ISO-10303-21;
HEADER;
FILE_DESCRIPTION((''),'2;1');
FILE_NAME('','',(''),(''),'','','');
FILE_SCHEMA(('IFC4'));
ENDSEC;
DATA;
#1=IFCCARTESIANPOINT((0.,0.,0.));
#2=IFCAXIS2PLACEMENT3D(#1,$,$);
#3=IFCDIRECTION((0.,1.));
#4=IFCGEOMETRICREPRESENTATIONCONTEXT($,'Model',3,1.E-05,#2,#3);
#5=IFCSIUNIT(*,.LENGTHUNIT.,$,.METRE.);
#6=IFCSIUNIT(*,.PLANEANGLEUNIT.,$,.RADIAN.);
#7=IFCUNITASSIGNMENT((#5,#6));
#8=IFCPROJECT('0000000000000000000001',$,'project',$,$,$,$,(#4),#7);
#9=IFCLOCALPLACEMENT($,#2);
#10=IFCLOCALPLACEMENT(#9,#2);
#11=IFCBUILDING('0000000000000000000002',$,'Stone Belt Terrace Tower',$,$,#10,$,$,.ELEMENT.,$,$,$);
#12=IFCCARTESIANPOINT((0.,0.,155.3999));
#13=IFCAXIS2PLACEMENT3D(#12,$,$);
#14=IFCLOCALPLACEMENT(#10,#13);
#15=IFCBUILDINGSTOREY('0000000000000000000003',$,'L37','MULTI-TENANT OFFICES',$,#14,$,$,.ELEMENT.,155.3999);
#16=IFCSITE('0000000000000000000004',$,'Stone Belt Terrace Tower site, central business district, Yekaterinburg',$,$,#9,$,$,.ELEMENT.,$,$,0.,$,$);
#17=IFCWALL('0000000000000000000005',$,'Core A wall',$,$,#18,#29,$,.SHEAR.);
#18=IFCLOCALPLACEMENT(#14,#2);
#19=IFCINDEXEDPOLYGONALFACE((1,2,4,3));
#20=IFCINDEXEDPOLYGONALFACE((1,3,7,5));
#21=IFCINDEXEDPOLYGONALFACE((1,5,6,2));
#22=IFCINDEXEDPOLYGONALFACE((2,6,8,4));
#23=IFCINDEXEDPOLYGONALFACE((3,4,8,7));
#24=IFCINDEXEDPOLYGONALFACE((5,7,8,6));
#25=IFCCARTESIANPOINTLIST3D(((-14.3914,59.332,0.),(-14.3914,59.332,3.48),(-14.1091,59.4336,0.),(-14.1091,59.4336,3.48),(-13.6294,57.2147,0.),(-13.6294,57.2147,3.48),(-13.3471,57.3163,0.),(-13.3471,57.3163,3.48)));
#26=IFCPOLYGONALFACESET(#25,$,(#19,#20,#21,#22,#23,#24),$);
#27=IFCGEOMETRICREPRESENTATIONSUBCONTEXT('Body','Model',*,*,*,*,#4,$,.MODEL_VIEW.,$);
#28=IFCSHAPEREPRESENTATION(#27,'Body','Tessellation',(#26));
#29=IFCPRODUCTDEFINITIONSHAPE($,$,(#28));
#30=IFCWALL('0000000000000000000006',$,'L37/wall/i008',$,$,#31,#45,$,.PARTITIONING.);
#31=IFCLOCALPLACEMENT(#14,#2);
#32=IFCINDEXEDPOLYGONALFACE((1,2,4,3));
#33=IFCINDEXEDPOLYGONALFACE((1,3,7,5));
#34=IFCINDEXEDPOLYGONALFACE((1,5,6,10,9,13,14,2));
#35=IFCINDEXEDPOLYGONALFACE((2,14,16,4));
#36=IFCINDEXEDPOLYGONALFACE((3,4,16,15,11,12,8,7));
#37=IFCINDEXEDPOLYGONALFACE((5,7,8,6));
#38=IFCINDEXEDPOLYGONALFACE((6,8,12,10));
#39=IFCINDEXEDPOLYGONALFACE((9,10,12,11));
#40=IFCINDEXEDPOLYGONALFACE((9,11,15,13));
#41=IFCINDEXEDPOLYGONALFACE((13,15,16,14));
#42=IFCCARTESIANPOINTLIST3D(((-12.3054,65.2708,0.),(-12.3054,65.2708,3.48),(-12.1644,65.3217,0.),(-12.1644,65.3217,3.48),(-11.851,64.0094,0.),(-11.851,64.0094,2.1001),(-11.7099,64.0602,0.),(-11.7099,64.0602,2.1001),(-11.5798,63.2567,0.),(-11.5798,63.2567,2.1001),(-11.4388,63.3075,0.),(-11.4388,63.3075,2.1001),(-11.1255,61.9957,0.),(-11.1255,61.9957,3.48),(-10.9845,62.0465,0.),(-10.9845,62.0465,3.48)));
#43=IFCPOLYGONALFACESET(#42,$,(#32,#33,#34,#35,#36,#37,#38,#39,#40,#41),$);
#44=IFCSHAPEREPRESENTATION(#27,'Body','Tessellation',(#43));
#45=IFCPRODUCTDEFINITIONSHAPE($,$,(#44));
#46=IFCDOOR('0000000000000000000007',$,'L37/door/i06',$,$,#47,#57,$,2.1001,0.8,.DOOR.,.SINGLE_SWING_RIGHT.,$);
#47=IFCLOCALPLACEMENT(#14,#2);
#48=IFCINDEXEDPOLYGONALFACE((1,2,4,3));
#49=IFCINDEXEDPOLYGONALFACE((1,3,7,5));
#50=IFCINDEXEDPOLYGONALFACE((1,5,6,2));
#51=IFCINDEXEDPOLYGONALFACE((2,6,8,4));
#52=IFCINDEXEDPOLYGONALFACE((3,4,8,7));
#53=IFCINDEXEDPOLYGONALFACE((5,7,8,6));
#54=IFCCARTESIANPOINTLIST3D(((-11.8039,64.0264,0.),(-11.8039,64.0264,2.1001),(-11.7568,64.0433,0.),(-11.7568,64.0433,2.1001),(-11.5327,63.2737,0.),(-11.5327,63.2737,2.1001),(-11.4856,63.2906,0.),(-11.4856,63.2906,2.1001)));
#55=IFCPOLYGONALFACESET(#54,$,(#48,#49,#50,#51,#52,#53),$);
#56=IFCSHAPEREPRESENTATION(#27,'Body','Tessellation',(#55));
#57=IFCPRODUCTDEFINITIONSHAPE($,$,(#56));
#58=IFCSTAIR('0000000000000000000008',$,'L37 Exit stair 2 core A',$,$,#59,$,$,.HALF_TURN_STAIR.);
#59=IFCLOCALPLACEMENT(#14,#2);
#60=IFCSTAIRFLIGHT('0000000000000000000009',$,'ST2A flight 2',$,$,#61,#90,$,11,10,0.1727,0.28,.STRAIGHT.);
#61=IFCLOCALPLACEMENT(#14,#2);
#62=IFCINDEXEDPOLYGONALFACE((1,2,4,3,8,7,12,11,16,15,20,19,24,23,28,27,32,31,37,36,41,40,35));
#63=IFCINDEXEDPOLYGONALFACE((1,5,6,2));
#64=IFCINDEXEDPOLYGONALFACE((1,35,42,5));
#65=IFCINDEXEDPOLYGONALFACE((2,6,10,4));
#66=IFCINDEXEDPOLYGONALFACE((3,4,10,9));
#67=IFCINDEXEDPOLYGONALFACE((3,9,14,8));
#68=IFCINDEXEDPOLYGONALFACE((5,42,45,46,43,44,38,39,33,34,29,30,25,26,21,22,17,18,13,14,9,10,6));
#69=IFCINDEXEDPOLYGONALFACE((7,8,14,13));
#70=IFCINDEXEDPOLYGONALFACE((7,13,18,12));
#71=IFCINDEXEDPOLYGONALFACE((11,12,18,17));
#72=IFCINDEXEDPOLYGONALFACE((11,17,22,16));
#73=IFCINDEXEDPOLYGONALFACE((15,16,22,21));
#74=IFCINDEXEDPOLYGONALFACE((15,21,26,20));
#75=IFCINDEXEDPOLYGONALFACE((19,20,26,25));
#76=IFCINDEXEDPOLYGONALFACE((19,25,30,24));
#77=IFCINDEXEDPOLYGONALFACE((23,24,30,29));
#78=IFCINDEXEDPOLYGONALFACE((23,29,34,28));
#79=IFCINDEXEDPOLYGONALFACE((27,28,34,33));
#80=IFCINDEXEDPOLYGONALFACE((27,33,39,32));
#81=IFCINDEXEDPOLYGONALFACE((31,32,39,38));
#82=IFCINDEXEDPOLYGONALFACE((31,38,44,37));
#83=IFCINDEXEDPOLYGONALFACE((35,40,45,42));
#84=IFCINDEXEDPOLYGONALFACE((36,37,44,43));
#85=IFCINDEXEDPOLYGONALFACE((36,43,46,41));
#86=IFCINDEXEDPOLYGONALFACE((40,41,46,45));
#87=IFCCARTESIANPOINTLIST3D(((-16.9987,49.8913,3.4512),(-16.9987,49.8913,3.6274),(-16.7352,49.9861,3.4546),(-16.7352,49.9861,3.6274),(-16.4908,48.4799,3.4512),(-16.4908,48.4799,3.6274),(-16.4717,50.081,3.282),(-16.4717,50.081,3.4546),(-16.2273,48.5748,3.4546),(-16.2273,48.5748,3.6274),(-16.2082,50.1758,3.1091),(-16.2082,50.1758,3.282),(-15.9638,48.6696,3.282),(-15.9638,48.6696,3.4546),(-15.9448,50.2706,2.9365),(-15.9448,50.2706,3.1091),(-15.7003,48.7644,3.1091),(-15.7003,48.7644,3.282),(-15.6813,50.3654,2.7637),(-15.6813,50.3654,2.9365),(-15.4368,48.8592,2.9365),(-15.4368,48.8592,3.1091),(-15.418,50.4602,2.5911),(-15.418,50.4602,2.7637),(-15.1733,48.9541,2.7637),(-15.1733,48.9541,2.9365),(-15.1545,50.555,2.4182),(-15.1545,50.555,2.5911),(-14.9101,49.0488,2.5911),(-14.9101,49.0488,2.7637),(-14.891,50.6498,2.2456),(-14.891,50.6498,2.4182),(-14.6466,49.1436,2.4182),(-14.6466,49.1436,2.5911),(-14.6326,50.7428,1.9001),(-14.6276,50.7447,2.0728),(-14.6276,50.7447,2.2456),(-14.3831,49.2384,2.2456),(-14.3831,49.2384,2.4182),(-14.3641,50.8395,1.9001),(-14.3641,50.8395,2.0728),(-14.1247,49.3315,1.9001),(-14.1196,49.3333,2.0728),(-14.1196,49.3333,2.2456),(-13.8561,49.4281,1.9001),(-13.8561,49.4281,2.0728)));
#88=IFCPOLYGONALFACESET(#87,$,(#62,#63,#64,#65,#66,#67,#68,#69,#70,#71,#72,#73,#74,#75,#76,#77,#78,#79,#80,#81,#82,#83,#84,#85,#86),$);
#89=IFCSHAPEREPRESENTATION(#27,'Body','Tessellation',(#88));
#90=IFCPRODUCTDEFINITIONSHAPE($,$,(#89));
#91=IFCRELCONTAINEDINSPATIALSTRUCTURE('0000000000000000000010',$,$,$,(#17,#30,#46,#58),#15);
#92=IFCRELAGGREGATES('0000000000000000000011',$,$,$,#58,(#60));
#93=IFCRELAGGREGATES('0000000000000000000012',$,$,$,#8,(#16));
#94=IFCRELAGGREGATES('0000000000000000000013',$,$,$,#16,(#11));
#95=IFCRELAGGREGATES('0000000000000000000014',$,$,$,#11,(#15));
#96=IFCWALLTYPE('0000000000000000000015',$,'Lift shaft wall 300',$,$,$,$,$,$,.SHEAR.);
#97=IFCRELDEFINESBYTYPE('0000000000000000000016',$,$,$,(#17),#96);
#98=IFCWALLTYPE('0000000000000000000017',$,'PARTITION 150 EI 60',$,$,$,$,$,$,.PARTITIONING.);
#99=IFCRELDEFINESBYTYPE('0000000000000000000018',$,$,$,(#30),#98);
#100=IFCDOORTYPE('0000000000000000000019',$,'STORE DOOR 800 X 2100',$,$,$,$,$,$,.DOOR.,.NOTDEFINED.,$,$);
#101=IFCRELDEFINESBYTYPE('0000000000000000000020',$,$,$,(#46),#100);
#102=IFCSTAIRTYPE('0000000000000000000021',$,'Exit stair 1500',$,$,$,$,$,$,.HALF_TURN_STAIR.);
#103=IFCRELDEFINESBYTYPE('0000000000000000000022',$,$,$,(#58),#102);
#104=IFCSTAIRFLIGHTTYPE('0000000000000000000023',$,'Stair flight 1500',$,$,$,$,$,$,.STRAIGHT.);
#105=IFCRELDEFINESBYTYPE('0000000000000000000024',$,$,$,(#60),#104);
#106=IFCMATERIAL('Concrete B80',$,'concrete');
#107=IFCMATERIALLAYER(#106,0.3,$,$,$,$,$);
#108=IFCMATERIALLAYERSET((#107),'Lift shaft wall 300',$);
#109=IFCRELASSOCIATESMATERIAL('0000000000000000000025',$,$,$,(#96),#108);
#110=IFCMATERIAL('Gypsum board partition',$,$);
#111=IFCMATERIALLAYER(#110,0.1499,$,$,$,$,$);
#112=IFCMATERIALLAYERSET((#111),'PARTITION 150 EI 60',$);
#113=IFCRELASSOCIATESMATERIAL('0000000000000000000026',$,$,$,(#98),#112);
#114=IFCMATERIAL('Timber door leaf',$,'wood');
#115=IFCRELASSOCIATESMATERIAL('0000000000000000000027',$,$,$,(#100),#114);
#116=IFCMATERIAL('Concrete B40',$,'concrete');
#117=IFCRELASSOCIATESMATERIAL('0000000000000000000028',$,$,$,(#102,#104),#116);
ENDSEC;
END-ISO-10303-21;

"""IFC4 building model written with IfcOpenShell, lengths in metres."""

from ifc_helpers import new_model, si_unit, direction, frame, frame_2d, origin, place, context, subcontext, project, spatial, polyline, rectangle, outline, extrude, material, layer, layer_set, type_object, element, fill, aggregate, save


model = new_model("IFC4")

# Units and contexts
model_context = context("Model", 3, precision=1e-05, world=origin(), true_north=direction((0.0, 1.0)))
body_context = subcontext(model_context, "Body", "Model", "MODEL_VIEW")
ifc_project = project(units=[si_unit("LENGTHUNIT", "METRE"), si_unit("PLANEANGLEUNIT", "RADIAN")], contexts=[model_context])

# Site, building, storey
site_placement = place(None, origin())
site = spatial("IfcSite", under=ifc_project, at=site_placement, Name="Stone Belt Terrace Tower site, central business district, Yekaterinburg", CompositionType="ELEMENT", RefElevation=0.0)
building_placement = place(site_placement, origin())
building = spatial("IfcBuilding", under=site, at=building_placement, Name="Stone Belt Terrace Tower", CompositionType="ELEMENT")
storey_placement = place(building_placement, frame((0.0, 0.0, 155.3999)))
storey = spatial("IfcBuildingStorey", under=building, at=storey_placement, Name="L37", Description="MULTI-TENANT OFFICES", CompositionType="ELEMENT", Elevation=155.3999)

# Shared definitions
ifc_material_1 = material(Name="Concrete B80", Category="concrete")

# Shared definitions
ifc_material_2 = material(Name="Timber door leaf", Category="wood")

# Wall
ifc_layer_1 = layer(ifc_material_1, 0.3)
ifc_layer_set_1 = layer_set([ifc_layer_1], Name="Lift shaft wall 300")
wall_type_1 = type_object("IfcWallType", Name="Lift shaft wall 300", PredefinedType="SHEAR", material=ifc_layer_set_1)
wall_1_placement = place(storey_placement, frame((-13.4883, 57.2656, 0.0), z_axis=(0.0, 0.0, 1.0), x_axis=(-0.338631, 0.940919, 0.0)))
element("IfcWall", 1, at=wall_1_placement, inside=storey, type_object=wall_type_1, Name="Core A wall", PredefinedType="SHEAR", context=body_context, shape_type="SweptSolid", body=[
    extrude(rectangle(XDim=2.2502, YDim=0.3, at=frame_2d((1.125, 0.0))), origin(), (0.0, 0.0, 1.0), 3.48),
])

# Wall, opening, door
ifc_material_3 = material(Name="Gypsum board partition")
ifc_layer_2 = layer(ifc_material_3, 0.1499)
ifc_layer_set_2 = layer_set([ifc_layer_2], Name="PARTITION 150 EI 60")
wall_type_2 = type_object("IfcWallType", Name="PARTITION 150 EI 60", PredefinedType="PARTITIONING", material=ifc_layer_set_2)
wall_2_placement = place(storey_placement, frame((-11.0549, 62.021, 0.0), z_axis=(0.0, 0.0, 1.0), x_axis=(-0.338943, 0.940807, 0.0)))
wall_2 = element("IfcWall", 2, at=wall_2_placement, inside=storey, type_object=wall_type_2, Name="L37/wall/i008", PredefinedType="PARTITIONING", context=body_context, shape_type="SweptSolid", body=[
    extrude(rectangle(XDim=3.4812, YDim=0.1499, at=frame_2d((1.7407, 0.0))), origin(), (0.0, 0.0, 1.0), 3.48),
])
opening_1_placement = place(wall_2_placement, frame((1.3406, 0.0, 0.0)))
opening_1 = element("IfcOpeningElement", 3, at=opening_1_placement, cuts=wall_2, PredefinedType="OPENING", context=body_context, shape_type="SweptSolid", body=[
    extrude(rectangle(XDim=0.8, YDim=2.1001, at=frame_2d((0.3999, 1.05))), frame((0.0, 0.085, 0.0), z_axis=(0.0, -1.0, 0.0), x_axis=(1.0, 0.0, 0.0)), (0.0, 0.0, 1.0), 0.1699),
])
door_type_1 = type_object("IfcDoorType", Name="STORE DOOR 800 X 2100", OperationType="NOTDEFINED", PredefinedType="DOOR", material=ifc_material_2)
door_1_placement = place(opening_1_placement, origin())
door_1 = element("IfcDoor", 4, at=door_1_placement, inside=storey, type_object=door_type_1, Name="L37/door/i06", OperationType="SINGLE_SWING_RIGHT", OverallHeight=2.1001, OverallWidth=0.8, PredefinedType="DOOR", context=body_context, shape_type="SweptSolid", body=[
    extrude(rectangle(XDim=0.8, YDim=2.1001, at=frame_2d((0.3999, 1.05))), frame((0.0, 0.0249, 0.0), z_axis=(0.0, -1.0, 0.0), x_axis=(1.0, 0.0, 0.0)), (0.0, 0.0, 1.0), 0.05),
])
fill(opening_1, door_1)

# Stair, stair flight
ifc_material_4 = material(Name="Concrete B40", Category="concrete")
stair_type = type_object("IfcStairType", Name="Exit stair 1500", PredefinedType="HALF_TURN_STAIR", material=ifc_material_4)
stair_placement = place(storey_placement, origin())
stair = element("IfcStair", 5, at=stair_placement, inside=storey, type_object=stair_type, Name="L37 Exit stair 2 core A", PredefinedType="HALF_TURN_STAIR")
stair_flight_type = type_object("IfcStairFlightType", Name="Stair flight 1500", PredefinedType="STRAIGHT", material=ifc_material_4)
stair_flight_placement = place(storey_placement, frame((-14.1101, 50.1338, 1.9001), z_axis=(0.0, 0.0, 1.0), x_axis=(-0.940922, -0.338624, 0.0)))
stair_flight = element("IfcStairFlight", 6, at=stair_flight_placement, type_object=stair_flight_type, Name="ST2A flight 2", NumberOfRisers=11, NumberOfTreads=10, PredefinedType="STRAIGHT", RiserHeight=0.1727, TreadLength=0.28, context=body_context, shape_type="SweptSolid", body=[
    extrude(outline(polyline([(0.0, 0.0), (0.0, 0.1726), (0.28, 0.1726), (0.28, 0.3455), (0.5601, 0.3455), (0.5601, 0.5181), (0.8401, 0.5181), (0.8401, 0.6909), (1.1201, 0.6909), (1.1201, 0.8635), (1.3999, 0.8635), (1.3999, 1.0364), (1.6799, 1.0364), (1.6799, 1.209), (1.96, 1.209), (1.96, 1.3818), (2.24, 1.3818), (2.24, 1.5544), (2.52, 1.5544), (2.52, 1.7273), (2.8, 1.7273), (2.8, 1.8999), (2.8, 1.551), (0.2854, 0.0), (0.0, 0.0)])), frame((0.0, 0.75, 0.0), z_axis=(0.0, -1.0, 0.0), x_axis=(1.0, 0.0, 0.0)), (0.0, 0.0, 1.0), 1.5),
])
aggregate(stair, [stair_flight])

save(model, "model.ifc")
